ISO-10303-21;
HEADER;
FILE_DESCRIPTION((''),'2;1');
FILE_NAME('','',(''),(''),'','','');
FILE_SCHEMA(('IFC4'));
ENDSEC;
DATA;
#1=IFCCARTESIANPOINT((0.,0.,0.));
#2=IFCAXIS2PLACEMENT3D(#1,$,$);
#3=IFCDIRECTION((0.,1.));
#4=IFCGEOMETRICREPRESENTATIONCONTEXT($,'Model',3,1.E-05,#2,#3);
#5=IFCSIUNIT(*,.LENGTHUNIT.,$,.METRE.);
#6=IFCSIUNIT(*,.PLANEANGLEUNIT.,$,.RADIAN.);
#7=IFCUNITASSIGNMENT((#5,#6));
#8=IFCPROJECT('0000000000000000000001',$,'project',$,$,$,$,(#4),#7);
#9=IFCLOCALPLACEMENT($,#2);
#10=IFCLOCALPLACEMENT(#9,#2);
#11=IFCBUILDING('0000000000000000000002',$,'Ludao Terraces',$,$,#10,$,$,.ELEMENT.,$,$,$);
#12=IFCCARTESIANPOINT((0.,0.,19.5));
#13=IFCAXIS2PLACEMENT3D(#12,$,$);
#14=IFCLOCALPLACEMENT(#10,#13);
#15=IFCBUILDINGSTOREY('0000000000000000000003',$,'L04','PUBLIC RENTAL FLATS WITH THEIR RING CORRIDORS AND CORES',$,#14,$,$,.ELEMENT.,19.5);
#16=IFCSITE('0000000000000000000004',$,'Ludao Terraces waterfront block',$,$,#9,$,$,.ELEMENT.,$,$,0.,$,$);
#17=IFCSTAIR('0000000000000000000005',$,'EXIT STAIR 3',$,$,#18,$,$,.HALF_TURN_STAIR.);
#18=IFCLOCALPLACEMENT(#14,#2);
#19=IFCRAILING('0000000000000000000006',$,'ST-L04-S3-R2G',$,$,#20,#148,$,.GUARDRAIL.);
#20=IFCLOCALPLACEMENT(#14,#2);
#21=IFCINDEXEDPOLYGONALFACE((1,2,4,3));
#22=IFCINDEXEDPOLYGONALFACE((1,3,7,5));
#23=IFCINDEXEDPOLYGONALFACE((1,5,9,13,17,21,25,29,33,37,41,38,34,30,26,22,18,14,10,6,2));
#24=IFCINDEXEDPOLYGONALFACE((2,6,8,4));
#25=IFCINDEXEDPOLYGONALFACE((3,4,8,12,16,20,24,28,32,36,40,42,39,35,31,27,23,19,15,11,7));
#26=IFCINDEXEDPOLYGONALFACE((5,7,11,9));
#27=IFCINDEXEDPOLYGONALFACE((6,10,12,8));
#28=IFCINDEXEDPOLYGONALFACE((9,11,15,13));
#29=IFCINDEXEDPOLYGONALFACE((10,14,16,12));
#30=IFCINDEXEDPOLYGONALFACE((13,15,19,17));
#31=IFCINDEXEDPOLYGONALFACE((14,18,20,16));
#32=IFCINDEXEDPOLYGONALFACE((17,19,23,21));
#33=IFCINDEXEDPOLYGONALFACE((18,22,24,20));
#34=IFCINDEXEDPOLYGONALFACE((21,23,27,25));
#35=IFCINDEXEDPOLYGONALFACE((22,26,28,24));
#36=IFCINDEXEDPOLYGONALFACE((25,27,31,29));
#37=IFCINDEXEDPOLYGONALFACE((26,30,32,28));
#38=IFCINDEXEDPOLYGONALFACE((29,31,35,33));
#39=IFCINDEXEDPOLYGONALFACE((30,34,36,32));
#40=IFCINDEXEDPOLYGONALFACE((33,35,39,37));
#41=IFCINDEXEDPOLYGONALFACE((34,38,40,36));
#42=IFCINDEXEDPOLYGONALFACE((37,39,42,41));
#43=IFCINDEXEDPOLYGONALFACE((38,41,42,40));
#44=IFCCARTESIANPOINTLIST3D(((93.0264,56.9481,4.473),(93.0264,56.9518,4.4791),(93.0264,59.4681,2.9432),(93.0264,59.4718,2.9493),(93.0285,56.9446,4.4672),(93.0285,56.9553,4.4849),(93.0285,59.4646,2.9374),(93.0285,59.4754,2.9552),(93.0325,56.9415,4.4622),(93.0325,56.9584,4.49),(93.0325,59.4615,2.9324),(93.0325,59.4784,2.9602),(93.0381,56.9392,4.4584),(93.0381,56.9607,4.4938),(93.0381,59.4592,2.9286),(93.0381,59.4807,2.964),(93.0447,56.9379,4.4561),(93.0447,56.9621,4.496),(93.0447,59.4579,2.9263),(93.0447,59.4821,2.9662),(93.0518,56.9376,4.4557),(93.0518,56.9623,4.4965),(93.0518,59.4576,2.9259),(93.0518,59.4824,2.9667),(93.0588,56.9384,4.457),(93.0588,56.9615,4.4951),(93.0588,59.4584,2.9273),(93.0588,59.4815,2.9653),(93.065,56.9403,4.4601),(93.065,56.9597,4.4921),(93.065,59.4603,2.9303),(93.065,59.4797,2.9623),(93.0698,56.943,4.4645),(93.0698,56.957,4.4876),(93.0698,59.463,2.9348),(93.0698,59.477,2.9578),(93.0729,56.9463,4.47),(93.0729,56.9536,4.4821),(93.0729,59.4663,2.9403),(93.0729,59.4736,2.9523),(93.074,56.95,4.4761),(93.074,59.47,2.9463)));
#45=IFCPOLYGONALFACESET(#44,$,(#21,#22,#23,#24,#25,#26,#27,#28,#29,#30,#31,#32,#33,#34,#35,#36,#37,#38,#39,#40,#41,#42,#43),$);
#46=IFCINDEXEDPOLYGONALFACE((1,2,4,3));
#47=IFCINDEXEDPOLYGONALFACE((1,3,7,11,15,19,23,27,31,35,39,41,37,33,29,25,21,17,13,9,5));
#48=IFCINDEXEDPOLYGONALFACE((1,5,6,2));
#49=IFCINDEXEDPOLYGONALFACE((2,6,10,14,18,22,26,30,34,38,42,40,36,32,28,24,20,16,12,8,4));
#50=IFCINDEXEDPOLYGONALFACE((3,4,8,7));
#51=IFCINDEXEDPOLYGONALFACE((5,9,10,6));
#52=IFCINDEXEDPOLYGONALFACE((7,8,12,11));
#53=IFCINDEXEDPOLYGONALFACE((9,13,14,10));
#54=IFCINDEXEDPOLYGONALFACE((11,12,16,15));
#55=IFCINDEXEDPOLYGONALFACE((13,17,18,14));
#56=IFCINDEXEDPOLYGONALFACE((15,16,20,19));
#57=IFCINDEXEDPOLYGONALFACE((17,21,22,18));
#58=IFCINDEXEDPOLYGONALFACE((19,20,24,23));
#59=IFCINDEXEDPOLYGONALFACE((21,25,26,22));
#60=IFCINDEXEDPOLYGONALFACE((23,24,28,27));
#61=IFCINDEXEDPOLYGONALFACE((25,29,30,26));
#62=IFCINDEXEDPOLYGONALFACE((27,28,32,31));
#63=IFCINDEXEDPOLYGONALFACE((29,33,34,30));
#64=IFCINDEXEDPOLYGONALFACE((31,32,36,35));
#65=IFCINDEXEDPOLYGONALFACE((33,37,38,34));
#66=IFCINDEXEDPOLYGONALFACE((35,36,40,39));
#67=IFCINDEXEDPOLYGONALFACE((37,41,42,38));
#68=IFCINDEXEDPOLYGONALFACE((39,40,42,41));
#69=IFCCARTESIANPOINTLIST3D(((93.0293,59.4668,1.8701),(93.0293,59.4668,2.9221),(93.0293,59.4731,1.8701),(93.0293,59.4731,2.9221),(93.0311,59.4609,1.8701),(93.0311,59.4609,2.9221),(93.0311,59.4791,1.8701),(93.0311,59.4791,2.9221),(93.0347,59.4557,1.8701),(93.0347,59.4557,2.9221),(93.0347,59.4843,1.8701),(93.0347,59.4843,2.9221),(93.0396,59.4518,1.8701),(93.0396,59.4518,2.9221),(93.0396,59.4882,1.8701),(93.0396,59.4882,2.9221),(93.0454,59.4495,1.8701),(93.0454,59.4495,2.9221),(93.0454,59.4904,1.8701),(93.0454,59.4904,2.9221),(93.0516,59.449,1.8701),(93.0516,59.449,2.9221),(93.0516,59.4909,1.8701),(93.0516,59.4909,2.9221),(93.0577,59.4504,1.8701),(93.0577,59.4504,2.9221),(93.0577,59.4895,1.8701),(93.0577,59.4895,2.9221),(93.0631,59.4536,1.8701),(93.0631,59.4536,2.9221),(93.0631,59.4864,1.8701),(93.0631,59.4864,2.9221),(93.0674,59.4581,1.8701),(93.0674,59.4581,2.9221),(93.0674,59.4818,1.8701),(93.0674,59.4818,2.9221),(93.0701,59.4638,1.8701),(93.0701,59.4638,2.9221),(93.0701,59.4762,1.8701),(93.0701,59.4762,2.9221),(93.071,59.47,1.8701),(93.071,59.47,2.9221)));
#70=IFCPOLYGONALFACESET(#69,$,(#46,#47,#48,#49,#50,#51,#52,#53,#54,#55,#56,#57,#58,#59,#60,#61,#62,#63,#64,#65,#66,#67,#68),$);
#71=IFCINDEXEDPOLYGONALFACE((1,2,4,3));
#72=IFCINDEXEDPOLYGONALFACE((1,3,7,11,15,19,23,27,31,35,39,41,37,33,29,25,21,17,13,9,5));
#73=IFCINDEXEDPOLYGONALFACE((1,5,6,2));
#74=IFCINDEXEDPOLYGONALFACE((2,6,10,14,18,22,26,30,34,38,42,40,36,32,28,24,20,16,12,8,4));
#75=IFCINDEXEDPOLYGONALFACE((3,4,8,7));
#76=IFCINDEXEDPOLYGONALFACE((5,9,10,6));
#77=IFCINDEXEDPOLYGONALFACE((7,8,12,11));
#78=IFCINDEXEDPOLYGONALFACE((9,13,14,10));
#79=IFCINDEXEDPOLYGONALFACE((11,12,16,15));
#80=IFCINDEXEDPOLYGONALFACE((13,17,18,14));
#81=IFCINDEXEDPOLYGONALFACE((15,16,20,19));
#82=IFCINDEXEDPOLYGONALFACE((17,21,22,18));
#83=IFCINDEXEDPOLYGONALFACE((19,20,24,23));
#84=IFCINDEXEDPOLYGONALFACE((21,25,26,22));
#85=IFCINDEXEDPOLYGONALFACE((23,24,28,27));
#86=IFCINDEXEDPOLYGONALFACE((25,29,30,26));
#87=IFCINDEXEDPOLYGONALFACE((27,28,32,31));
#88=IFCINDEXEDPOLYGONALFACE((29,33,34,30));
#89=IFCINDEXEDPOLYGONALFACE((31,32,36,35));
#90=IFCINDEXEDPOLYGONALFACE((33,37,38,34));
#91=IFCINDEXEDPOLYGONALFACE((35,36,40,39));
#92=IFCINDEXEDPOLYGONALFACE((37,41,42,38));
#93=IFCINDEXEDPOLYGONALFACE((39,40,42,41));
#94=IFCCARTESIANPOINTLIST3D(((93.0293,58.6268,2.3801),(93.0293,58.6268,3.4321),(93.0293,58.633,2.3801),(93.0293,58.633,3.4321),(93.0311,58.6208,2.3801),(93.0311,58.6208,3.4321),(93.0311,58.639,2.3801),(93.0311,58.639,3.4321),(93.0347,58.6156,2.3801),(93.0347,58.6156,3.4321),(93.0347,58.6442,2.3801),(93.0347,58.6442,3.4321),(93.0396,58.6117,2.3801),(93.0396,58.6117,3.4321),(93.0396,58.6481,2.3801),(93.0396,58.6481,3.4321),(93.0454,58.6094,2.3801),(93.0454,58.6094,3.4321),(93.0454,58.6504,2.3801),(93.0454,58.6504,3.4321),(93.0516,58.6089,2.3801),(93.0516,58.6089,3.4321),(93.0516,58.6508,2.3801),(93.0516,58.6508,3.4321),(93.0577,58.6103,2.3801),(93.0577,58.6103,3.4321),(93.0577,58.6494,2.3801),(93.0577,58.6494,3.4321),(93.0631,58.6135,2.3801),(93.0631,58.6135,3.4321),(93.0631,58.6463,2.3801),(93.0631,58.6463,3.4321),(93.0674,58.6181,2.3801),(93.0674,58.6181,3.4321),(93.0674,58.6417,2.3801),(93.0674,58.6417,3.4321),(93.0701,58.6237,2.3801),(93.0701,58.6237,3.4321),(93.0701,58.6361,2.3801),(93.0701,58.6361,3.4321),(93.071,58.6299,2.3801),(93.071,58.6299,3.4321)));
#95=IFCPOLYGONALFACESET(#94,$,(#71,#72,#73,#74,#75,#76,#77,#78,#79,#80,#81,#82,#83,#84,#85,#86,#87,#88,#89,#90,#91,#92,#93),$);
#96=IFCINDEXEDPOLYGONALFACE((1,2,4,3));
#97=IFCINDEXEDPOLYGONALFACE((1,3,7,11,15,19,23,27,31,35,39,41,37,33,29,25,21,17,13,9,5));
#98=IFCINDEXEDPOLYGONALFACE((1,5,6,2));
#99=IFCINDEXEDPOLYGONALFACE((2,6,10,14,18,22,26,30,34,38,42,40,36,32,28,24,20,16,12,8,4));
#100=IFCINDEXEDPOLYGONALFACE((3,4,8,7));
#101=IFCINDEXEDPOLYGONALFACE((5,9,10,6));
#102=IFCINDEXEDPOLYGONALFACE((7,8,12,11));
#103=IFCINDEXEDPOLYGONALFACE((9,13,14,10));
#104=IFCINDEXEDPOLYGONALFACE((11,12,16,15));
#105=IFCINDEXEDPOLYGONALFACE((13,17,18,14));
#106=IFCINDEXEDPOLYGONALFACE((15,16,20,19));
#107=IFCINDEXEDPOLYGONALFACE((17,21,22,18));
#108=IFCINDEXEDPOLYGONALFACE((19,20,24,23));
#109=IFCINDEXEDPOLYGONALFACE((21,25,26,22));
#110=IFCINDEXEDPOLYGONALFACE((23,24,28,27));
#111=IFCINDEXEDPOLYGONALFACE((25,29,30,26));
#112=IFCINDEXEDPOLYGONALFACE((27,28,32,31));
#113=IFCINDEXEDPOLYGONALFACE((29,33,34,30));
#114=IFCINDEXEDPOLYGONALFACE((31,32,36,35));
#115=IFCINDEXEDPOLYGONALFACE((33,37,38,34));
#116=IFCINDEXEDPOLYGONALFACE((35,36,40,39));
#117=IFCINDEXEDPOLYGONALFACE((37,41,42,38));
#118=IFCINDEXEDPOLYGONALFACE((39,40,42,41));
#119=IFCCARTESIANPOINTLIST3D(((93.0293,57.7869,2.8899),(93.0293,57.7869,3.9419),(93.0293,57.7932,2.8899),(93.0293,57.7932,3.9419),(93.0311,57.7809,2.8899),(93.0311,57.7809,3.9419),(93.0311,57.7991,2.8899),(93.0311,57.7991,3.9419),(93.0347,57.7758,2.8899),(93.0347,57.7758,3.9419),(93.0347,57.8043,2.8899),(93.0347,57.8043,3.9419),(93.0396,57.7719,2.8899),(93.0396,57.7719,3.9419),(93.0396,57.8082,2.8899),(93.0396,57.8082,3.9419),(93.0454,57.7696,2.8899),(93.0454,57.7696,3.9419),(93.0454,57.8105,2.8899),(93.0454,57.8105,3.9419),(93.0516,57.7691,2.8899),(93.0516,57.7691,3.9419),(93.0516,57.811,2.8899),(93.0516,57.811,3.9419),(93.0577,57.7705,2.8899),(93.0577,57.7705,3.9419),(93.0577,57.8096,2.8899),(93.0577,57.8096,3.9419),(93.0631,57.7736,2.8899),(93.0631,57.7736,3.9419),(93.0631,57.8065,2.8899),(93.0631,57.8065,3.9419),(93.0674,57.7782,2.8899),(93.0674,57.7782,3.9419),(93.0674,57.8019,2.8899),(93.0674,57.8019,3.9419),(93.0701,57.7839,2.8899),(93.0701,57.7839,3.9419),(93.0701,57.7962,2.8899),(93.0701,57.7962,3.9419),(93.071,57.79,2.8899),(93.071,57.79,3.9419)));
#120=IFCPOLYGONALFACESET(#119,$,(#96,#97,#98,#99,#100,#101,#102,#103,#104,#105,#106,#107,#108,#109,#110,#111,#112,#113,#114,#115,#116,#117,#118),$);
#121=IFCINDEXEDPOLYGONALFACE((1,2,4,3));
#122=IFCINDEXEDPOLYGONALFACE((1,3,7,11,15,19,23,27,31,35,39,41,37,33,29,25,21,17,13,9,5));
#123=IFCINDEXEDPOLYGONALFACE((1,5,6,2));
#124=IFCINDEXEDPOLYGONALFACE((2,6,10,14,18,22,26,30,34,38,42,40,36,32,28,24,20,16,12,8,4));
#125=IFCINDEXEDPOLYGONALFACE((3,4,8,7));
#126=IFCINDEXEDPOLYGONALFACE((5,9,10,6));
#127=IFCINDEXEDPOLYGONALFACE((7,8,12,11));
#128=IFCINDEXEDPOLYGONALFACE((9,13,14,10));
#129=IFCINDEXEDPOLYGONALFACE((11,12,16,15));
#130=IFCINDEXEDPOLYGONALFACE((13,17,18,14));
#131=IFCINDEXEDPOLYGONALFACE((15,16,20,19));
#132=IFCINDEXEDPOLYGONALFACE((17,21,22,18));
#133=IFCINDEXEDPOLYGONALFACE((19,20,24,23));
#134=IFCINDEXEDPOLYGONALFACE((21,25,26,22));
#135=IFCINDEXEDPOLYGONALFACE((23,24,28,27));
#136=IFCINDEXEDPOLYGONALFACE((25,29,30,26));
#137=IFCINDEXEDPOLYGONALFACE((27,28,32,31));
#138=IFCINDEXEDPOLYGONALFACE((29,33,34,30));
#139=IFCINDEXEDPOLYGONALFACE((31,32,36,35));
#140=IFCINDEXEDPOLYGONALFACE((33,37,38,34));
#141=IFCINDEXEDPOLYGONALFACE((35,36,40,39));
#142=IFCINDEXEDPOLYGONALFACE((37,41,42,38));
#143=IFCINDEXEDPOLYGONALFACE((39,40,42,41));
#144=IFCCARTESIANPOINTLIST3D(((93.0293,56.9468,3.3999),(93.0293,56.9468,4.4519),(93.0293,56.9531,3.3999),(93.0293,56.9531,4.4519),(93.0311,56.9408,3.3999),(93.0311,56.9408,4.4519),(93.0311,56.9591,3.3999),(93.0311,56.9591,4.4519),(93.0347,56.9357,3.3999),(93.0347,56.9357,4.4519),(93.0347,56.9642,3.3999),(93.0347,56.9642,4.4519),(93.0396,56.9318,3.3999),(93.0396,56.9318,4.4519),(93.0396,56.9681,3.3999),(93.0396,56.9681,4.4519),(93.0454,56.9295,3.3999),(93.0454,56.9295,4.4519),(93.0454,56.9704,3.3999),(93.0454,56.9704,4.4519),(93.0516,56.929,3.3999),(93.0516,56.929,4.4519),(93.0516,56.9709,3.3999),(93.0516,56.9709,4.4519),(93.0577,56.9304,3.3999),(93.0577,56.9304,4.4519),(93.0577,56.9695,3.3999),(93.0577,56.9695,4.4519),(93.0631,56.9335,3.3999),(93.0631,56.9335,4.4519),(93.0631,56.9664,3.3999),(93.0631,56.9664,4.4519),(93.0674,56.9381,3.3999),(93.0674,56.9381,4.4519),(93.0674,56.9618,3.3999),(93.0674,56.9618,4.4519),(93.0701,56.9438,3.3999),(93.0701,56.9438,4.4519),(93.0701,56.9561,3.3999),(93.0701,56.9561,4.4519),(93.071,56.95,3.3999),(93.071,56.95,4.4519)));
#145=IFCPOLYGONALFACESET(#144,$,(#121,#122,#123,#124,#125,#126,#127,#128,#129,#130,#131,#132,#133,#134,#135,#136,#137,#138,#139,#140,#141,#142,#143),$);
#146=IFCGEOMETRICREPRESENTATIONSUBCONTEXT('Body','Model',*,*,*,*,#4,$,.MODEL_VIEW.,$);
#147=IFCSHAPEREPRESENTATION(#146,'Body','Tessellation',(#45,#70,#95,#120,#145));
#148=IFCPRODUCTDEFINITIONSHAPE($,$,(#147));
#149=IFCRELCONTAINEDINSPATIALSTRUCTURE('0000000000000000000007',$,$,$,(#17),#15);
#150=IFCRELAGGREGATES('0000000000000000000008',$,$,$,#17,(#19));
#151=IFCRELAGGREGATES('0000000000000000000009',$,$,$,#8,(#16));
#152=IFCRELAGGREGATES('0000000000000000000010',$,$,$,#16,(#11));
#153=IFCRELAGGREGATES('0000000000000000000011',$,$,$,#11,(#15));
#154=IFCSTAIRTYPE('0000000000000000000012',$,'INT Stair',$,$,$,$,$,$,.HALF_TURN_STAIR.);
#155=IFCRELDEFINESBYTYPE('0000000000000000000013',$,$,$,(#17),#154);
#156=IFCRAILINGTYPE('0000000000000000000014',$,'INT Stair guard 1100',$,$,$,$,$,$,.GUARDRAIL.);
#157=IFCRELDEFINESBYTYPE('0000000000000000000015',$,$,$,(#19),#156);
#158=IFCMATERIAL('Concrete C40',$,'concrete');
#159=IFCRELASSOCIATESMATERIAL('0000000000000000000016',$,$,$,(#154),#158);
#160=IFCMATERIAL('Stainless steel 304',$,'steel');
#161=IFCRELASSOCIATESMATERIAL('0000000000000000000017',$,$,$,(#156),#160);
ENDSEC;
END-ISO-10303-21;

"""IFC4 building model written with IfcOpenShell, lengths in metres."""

from ifc_helpers import new_model, si_unit, direction, frame, origin, origin_2d, place, context, subcontext, project, spatial, circle, extrude, material, type_object, element, aggregate, save


model = new_model("IFC4")

# Units and contexts
model_context = context("Model", 3, precision=1e-05, world=origin(), true_north=direction((0.0, 1.0)))
body_context = subcontext(model_context, "Body", "Model", "MODEL_VIEW")
ifc_project = project(units=[si_unit("LENGTHUNIT", "METRE"), si_unit("PLANEANGLEUNIT", "RADIAN")], contexts=[model_context])

# Site, building, storey
site_placement = place(None, origin())
site = spatial("IfcSite", under=ifc_project, at=site_placement, Name="Ludao Terraces waterfront block", CompositionType="ELEMENT", RefElevation=0.0)
building_placement = place(site_placement, origin())
building = spatial("IfcBuilding", under=site, at=building_placement, Name="Ludao Terraces", CompositionType="ELEMENT")
storey_placement = place(building_placement, frame((0.0, 0.0, 19.5)))
storey = spatial("IfcBuildingStorey", under=building, at=storey_placement, Name="L04", Description="PUBLIC RENTAL FLATS WITH THEIR RING CORRIDORS AND CORES", CompositionType="ELEMENT", Elevation=19.5)

# Stair, railing
ifc_material_1 = material(Name="Concrete C40", Category="concrete")
stair_type = type_object("IfcStairType", Name="INT Stair", PredefinedType="HALF_TURN_STAIR", material=ifc_material_1)
stair_placement = place(storey_placement, origin())
stair = element("IfcStair", 1, at=stair_placement, inside=storey, type_object=stair_type, Name="EXIT STAIR 3", PredefinedType="HALF_TURN_STAIR")
ifc_material_2 = material(Name="Stainless steel 304", Category="steel")
railing_type_1 = type_object("IfcRailingType", Name="INT Stair guard 1100", PredefinedType="GUARDRAIL", material=ifc_material_2)
railing_1_placement = place(storey_placement, frame((93.05, 59.47, 1.8701)))
railing_1 = element("IfcRailing", 2, at=railing_1_placement, type_object=railing_type_1, Name="ST-L04-S3-R2G", PredefinedType="GUARDRAIL", context=body_context, shape_type="SweptSolid", body=[
    extrude(circle(Radius=0.0239, at=origin_2d()), frame((0.0, 0.0, 1.0762), z_axis=(0.0, -0.854822, 0.518922), x_axis=(1.0, 0.0, 0.0)), (0.0, 0.0, 1.0), 2.948),
    extrude(circle(Radius=0.021, at=origin_2d()), origin(), (0.0, 0.0, 1.0), 1.052),
    extrude(circle(Radius=0.021, at=origin_2d()), frame((0.0, -0.8401, 0.51)), (0.0, 0.0, 1.0), 1.052),
    extrude(circle(Radius=0.021, at=origin_2d()), frame((0.0, -1.6799, 1.0198)), (0.0, 0.0, 1.0), 1.052),
    extrude(circle(Radius=0.021, at=origin_2d()), frame((0.0, -2.52, 1.5298)), (0.0, 0.0, 1.0), 1.052),
])
aggregate(stair, [railing_1])

save(model, "model.ifc")
